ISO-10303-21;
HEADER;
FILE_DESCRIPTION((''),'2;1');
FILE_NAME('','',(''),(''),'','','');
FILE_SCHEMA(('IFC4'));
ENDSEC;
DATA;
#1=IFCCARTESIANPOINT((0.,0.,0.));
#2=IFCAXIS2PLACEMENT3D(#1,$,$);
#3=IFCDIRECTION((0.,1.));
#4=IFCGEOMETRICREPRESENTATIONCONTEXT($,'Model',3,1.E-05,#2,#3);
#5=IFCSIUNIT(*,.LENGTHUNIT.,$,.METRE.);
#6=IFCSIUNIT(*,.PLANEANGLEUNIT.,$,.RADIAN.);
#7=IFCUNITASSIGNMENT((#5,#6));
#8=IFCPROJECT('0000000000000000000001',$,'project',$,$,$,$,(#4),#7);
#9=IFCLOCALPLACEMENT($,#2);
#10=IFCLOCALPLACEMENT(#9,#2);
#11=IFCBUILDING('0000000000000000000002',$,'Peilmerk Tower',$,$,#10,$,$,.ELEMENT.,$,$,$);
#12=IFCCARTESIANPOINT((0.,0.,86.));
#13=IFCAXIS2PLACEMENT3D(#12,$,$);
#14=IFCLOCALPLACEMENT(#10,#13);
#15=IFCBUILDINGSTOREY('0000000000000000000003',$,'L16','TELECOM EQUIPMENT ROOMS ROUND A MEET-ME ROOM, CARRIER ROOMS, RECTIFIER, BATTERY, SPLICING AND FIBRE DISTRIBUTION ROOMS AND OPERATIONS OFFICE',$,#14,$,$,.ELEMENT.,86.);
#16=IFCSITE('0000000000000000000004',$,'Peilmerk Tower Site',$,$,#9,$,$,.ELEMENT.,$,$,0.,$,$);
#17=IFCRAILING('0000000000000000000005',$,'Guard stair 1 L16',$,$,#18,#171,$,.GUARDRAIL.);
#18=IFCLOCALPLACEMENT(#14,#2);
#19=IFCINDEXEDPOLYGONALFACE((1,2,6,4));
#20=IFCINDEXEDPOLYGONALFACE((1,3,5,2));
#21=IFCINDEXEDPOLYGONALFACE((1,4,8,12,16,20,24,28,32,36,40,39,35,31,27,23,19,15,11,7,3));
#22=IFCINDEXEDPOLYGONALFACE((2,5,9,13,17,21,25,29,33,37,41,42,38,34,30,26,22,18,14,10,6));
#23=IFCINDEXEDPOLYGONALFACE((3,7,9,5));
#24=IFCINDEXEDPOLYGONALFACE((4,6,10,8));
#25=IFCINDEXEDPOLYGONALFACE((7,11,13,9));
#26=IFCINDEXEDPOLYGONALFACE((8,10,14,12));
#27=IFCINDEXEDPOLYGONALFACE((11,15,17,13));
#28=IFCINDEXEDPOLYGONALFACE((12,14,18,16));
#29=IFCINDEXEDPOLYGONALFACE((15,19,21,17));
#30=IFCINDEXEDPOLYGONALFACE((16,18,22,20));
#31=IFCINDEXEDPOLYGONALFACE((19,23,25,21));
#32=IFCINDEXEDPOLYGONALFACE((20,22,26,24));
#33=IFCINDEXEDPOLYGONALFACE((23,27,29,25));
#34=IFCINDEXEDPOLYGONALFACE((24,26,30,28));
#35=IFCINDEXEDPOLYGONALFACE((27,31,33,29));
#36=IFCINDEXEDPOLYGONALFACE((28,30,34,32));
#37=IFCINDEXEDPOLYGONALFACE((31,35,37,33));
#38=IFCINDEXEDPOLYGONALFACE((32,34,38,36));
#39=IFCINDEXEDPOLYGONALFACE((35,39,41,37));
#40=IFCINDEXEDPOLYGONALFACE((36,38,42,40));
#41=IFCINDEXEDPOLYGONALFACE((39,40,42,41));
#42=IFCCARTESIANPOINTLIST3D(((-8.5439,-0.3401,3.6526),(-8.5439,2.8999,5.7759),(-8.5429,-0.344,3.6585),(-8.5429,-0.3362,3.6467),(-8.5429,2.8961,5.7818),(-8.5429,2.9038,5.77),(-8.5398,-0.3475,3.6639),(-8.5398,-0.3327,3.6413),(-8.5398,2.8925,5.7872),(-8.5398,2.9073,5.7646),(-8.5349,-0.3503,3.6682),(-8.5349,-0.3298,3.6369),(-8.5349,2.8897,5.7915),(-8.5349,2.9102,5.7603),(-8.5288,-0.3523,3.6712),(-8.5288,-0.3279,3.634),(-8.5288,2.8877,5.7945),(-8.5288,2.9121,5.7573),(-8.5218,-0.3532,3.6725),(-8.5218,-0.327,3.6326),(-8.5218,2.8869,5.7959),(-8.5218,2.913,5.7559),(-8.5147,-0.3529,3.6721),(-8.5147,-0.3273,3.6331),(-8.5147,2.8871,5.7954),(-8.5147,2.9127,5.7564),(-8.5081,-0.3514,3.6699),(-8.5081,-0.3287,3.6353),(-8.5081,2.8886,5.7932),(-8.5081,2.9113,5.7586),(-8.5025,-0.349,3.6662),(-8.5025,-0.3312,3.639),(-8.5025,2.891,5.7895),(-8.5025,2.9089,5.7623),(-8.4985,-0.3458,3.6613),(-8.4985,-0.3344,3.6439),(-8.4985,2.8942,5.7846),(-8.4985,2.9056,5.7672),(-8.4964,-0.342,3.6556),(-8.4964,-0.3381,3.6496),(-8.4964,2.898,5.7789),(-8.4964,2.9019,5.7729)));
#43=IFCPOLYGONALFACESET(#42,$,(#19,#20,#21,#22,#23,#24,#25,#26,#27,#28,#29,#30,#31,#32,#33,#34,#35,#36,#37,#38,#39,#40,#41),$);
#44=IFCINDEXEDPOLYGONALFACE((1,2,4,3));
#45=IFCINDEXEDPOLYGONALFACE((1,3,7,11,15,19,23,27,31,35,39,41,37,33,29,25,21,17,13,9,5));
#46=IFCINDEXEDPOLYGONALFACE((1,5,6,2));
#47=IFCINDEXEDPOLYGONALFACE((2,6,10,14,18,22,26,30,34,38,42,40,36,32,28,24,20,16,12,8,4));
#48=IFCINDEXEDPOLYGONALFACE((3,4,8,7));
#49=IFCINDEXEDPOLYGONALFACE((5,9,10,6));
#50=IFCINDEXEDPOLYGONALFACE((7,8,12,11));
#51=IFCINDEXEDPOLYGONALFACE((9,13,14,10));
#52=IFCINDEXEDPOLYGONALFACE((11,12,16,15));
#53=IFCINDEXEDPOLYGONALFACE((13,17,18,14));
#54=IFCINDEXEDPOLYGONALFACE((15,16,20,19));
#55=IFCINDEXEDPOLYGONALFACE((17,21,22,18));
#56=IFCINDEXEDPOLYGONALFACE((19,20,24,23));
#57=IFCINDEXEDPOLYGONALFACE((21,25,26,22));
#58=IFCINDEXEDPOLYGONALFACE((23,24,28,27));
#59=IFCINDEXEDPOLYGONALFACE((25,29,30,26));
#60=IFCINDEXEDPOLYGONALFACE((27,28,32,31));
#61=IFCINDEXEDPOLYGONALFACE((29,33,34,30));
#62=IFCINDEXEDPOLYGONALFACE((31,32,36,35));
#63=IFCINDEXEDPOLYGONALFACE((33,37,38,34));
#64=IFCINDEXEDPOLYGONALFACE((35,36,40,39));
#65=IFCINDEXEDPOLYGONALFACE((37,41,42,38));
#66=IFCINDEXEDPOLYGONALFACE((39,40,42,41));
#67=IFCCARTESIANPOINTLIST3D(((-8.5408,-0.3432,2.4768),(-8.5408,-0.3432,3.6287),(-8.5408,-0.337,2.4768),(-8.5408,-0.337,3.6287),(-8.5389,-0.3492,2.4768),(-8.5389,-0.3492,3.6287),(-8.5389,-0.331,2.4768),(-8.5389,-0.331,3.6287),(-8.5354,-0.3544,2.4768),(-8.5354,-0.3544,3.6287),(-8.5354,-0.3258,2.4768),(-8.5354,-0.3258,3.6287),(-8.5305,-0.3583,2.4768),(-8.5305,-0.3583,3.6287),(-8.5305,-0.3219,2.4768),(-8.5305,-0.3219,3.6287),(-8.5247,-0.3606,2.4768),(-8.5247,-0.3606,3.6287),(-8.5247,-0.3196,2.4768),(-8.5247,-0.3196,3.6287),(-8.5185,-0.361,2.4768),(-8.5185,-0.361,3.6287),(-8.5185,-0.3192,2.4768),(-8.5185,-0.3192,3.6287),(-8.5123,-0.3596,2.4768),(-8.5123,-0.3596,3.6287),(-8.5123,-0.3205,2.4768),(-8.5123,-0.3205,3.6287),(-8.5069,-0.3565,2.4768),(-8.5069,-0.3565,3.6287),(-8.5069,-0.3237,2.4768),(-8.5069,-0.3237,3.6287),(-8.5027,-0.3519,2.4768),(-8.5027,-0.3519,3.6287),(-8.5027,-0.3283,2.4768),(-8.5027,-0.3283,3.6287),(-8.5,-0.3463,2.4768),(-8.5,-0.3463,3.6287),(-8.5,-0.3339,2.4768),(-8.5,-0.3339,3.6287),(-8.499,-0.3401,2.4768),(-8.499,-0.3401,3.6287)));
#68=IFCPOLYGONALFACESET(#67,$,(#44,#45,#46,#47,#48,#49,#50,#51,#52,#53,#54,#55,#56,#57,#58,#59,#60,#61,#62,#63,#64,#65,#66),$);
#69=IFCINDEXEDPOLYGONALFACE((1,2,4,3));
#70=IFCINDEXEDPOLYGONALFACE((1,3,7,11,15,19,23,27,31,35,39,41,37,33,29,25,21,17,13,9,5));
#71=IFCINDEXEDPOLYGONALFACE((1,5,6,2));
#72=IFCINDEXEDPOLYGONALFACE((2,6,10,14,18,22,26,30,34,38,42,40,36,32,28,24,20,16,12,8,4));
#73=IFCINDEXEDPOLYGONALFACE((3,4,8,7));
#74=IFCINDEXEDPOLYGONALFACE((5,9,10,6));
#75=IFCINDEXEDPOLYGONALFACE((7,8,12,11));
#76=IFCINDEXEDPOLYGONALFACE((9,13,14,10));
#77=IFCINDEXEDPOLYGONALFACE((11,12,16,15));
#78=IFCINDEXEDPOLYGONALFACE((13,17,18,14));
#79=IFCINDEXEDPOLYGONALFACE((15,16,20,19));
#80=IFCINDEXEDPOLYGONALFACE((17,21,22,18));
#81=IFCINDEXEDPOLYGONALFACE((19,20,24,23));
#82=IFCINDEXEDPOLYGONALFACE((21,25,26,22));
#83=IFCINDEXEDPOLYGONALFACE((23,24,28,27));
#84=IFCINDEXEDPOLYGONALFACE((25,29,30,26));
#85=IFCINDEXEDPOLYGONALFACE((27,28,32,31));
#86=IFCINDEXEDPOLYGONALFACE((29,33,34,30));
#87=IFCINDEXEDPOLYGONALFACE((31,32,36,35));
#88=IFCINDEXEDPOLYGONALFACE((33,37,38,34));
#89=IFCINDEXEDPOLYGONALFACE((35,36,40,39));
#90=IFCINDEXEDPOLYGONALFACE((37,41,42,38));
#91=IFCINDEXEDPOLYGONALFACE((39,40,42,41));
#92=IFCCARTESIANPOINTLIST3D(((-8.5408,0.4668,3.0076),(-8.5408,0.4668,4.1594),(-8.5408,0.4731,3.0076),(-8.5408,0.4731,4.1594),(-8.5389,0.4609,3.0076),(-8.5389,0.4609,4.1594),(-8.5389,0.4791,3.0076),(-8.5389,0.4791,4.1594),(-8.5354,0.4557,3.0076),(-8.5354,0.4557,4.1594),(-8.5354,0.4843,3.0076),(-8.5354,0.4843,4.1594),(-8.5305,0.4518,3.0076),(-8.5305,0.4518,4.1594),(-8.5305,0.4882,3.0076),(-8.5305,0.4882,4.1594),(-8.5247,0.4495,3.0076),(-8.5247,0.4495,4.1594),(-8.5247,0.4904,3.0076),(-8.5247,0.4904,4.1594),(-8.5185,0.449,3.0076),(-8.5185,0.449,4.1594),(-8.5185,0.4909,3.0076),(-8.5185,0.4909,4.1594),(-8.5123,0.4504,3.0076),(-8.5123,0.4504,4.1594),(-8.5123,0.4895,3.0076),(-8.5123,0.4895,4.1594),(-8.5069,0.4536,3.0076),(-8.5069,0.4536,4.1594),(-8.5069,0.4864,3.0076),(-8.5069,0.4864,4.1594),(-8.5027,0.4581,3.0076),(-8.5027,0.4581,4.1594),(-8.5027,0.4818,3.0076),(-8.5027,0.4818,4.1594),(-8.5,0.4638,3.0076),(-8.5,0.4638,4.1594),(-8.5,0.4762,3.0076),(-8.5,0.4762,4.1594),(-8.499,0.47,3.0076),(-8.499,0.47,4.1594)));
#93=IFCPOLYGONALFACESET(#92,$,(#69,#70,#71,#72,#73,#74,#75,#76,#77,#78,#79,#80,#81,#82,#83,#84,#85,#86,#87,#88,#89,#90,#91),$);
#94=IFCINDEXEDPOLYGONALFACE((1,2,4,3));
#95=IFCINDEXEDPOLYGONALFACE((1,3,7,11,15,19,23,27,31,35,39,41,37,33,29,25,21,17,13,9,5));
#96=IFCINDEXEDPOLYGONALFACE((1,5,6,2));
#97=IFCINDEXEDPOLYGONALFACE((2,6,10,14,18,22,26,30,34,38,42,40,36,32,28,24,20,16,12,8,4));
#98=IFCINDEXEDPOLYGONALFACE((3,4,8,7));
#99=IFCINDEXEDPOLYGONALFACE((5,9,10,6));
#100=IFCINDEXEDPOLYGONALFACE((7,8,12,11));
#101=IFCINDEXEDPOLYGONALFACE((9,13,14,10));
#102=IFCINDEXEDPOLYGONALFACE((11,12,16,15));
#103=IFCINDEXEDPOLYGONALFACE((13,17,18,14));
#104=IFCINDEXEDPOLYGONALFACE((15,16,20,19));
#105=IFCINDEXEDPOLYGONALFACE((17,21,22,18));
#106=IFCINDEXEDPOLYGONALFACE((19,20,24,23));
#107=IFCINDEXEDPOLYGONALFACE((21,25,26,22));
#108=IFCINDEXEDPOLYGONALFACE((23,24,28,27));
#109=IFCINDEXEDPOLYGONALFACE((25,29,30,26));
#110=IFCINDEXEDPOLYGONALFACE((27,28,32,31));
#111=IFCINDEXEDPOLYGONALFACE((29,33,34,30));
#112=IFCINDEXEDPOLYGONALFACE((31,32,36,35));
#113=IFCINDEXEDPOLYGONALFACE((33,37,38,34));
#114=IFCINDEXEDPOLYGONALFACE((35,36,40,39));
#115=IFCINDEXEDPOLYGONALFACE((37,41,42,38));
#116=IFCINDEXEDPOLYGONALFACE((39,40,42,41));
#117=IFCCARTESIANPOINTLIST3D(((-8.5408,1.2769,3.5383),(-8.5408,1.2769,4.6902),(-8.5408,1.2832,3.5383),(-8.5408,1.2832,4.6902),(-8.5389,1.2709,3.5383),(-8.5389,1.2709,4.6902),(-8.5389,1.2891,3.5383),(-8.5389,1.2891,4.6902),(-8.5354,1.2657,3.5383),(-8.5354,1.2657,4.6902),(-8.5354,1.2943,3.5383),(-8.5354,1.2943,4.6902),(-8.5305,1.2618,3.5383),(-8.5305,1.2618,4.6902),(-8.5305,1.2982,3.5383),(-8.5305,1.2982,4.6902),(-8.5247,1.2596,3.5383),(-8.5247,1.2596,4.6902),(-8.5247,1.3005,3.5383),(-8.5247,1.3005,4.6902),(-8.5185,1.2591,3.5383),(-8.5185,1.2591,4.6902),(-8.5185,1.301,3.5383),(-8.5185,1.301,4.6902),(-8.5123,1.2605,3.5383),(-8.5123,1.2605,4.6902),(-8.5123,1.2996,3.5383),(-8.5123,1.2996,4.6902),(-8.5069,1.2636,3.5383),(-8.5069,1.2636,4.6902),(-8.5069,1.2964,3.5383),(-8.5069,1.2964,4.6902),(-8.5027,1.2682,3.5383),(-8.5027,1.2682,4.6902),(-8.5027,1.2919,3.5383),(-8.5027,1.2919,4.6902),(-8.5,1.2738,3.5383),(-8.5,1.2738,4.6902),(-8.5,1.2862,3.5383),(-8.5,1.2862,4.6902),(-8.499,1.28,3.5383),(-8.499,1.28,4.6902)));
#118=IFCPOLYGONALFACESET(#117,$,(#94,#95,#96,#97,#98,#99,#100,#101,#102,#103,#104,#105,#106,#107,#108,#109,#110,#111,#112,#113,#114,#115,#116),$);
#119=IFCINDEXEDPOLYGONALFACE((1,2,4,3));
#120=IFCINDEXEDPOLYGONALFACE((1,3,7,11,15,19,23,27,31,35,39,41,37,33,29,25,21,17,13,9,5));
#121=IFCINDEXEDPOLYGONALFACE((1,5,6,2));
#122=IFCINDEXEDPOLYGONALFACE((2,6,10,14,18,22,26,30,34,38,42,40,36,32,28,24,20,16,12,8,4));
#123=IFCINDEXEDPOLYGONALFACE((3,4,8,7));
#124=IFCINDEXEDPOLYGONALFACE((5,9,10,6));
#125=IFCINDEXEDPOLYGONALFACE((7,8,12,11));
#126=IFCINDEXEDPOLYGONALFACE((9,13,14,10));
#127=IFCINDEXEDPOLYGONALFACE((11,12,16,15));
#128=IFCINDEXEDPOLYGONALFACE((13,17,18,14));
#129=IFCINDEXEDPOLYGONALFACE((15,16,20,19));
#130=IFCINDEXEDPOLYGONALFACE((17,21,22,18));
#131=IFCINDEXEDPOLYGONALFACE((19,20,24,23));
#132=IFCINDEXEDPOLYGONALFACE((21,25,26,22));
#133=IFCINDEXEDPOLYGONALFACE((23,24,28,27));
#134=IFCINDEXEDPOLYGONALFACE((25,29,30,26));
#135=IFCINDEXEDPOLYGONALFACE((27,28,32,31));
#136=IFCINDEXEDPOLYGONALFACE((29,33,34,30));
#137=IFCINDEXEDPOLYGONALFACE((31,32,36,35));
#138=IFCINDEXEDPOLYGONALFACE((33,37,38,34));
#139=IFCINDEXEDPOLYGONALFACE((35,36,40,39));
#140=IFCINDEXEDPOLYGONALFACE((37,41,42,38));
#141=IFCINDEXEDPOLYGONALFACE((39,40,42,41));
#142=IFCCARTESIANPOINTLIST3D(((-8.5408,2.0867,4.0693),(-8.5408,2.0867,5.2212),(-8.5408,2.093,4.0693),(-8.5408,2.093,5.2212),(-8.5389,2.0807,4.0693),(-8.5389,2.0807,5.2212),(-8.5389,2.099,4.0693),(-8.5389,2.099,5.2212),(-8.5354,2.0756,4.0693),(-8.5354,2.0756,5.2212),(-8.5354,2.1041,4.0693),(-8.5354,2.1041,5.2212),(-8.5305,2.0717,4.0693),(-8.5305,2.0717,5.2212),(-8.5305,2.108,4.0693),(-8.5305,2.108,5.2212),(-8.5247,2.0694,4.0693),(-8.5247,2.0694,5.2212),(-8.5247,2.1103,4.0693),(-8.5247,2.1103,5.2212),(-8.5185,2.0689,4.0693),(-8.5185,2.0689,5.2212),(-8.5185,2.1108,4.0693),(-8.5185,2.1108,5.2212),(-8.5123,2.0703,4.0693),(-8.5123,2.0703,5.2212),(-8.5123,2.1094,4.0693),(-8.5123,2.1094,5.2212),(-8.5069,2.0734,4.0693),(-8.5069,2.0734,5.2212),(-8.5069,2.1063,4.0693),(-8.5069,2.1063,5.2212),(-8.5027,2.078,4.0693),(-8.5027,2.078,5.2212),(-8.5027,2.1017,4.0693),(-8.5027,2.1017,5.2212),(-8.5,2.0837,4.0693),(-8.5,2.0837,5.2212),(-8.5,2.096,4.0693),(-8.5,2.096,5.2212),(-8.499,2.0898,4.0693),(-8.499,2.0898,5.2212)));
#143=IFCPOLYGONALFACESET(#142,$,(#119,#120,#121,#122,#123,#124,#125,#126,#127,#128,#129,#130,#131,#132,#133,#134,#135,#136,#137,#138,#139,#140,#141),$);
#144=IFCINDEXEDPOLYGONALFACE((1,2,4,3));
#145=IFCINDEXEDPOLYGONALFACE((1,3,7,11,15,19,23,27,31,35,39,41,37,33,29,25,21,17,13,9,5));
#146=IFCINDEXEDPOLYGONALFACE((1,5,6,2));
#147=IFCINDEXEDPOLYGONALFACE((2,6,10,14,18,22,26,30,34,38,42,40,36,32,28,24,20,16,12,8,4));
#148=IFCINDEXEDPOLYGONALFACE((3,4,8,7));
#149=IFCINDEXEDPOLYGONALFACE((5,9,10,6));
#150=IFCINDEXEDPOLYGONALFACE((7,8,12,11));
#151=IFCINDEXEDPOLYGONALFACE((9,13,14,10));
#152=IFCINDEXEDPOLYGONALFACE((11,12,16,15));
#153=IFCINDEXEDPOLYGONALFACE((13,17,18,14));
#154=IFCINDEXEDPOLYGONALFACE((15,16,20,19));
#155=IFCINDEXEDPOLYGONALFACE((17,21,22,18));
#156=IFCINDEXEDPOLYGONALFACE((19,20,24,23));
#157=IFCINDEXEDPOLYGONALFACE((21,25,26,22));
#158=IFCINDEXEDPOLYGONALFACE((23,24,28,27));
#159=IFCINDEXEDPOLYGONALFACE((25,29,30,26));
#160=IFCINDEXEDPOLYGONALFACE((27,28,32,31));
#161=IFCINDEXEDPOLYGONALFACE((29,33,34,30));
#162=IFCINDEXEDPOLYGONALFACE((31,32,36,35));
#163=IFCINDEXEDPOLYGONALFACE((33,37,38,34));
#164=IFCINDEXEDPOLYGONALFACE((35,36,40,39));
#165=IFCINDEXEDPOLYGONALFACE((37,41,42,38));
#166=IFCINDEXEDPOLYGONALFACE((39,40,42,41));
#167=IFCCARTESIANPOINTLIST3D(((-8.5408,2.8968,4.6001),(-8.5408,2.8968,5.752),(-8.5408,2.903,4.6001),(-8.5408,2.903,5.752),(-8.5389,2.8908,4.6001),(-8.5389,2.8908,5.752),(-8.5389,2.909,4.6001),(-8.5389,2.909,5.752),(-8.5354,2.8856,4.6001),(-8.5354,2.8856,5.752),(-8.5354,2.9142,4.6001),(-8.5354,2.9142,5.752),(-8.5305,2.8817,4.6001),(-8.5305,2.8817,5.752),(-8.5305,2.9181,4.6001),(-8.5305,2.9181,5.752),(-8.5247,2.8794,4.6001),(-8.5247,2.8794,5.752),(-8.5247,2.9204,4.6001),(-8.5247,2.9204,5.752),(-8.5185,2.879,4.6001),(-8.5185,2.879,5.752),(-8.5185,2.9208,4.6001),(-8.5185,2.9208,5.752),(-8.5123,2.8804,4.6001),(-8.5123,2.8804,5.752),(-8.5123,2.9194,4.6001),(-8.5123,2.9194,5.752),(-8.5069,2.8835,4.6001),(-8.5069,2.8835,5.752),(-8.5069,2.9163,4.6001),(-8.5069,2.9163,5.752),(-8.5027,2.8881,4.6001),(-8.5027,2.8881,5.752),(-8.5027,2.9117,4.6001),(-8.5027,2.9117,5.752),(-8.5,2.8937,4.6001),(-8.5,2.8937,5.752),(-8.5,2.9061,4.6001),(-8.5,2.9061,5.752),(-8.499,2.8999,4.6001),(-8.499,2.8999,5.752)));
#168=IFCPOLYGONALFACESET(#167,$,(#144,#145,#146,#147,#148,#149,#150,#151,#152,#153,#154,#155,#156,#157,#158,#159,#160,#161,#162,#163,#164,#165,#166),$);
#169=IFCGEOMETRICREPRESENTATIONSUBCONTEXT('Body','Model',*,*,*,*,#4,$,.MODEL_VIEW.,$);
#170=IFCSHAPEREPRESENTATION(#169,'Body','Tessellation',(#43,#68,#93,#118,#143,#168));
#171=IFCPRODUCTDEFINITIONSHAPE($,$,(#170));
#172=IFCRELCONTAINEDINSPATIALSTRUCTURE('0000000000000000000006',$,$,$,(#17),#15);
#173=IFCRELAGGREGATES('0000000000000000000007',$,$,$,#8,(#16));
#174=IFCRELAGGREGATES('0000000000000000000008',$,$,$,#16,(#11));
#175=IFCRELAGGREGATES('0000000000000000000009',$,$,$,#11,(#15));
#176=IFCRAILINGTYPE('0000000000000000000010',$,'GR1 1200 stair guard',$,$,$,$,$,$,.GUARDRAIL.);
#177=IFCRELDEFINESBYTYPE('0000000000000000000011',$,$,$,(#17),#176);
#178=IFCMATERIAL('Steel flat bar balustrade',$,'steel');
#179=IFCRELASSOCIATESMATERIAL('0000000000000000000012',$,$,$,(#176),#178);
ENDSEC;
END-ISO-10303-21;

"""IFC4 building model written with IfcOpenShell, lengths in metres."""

from ifc_helpers import new_model, si_unit, direction, frame, origin, origin_2d, place, context, subcontext, project, spatial, circle, extrude, material, type_object, element, save


model = new_model("IFC4")

# Units and contexts
model_context = context("Model", 3, precision=1e-05, world=origin(), true_north=direction((0.0, 1.0)))
body_context = subcontext(model_context, "Body", "Model", "MODEL_VIEW")
ifc_project = project(units=[si_unit("LENGTHUNIT", "METRE"), si_unit("PLANEANGLEUNIT", "RADIAN")], contexts=[model_context])

# Site, building, storey
site_placement = place(None, origin())
site = spatial("IfcSite", under=ifc_project, at=site_placement, Name="Peilmerk Tower Site", CompositionType="ELEMENT", RefElevation=0.0)
building_placement = place(site_placement, origin())
building = spatial("IfcBuilding", under=site, at=building_placement, Name="Peilmerk Tower", CompositionType="ELEMENT")
storey_placement = place(building_placement, frame((0.0, 0.0, 86.0)))
storey = spatial("IfcBuildingStorey", under=building, at=storey_placement, Name="L16", Description="TELECOM EQUIPMENT ROOMS ROUND A MEET-ME ROOM, CARRIER ROOMS, RECTIFIER, BATTERY, SPLICING AND FIBRE DISTRIBUTION ROOMS AND OPERATIONS OFFICE", CompositionType="ELEMENT", Elevation=86.0)

# Railing
ifc_material_1 = material(Name="Steel flat bar balustrade", Category="steel")
railing_type_1 = type_object("IfcRailingType", Name="GR1 1200 stair guard", PredefinedType="GUARDRAIL", material=ifc_material_1)
railing_1_placement = place(storey_placement, frame((-8.52, -0.3401, 2.4768)))
element("IfcRailing", 1, at=railing_1_placement, inside=storey, type_object=railing_type_1, Name="Guard stair 1 L16", PredefinedType="GUARDRAIL", context=body_context, shape_type="SweptSolid", body=[
    extrude(circle(Radius=0.0239, at=origin_2d()), frame((0.0, 0.0, 1.1758), z_axis=(0.0, 0.836397, 0.548124), x_axis=(-1.0, 0.0, 0.0)), (0.0, 0.0, 1.0), 3.8738),
    extrude(circle(Radius=0.021, at=origin_2d()), origin(), (0.0, 0.0, 1.0), 1.1519),
    extrude(circle(Radius=0.021, at=origin_2d()), frame((0.0, 0.8101, 0.5308)), (0.0, 0.0, 1.0), 1.1519),
    extrude(circle(Radius=0.021, at=origin_2d()), frame((0.0, 1.6201, 1.0615)), (0.0, 0.0, 1.0), 1.1519),
    extrude(circle(Radius=0.021, at=origin_2d()), frame((0.0, 2.4299, 1.5925)), (0.0, 0.0, 1.0), 1.1519),
    extrude(circle(Radius=0.021, at=origin_2d()), frame((0.0, 3.24, 2.1233)), (0.0, 0.0, 1.0), 1.1519),
])

save(model, "model.ifc")
